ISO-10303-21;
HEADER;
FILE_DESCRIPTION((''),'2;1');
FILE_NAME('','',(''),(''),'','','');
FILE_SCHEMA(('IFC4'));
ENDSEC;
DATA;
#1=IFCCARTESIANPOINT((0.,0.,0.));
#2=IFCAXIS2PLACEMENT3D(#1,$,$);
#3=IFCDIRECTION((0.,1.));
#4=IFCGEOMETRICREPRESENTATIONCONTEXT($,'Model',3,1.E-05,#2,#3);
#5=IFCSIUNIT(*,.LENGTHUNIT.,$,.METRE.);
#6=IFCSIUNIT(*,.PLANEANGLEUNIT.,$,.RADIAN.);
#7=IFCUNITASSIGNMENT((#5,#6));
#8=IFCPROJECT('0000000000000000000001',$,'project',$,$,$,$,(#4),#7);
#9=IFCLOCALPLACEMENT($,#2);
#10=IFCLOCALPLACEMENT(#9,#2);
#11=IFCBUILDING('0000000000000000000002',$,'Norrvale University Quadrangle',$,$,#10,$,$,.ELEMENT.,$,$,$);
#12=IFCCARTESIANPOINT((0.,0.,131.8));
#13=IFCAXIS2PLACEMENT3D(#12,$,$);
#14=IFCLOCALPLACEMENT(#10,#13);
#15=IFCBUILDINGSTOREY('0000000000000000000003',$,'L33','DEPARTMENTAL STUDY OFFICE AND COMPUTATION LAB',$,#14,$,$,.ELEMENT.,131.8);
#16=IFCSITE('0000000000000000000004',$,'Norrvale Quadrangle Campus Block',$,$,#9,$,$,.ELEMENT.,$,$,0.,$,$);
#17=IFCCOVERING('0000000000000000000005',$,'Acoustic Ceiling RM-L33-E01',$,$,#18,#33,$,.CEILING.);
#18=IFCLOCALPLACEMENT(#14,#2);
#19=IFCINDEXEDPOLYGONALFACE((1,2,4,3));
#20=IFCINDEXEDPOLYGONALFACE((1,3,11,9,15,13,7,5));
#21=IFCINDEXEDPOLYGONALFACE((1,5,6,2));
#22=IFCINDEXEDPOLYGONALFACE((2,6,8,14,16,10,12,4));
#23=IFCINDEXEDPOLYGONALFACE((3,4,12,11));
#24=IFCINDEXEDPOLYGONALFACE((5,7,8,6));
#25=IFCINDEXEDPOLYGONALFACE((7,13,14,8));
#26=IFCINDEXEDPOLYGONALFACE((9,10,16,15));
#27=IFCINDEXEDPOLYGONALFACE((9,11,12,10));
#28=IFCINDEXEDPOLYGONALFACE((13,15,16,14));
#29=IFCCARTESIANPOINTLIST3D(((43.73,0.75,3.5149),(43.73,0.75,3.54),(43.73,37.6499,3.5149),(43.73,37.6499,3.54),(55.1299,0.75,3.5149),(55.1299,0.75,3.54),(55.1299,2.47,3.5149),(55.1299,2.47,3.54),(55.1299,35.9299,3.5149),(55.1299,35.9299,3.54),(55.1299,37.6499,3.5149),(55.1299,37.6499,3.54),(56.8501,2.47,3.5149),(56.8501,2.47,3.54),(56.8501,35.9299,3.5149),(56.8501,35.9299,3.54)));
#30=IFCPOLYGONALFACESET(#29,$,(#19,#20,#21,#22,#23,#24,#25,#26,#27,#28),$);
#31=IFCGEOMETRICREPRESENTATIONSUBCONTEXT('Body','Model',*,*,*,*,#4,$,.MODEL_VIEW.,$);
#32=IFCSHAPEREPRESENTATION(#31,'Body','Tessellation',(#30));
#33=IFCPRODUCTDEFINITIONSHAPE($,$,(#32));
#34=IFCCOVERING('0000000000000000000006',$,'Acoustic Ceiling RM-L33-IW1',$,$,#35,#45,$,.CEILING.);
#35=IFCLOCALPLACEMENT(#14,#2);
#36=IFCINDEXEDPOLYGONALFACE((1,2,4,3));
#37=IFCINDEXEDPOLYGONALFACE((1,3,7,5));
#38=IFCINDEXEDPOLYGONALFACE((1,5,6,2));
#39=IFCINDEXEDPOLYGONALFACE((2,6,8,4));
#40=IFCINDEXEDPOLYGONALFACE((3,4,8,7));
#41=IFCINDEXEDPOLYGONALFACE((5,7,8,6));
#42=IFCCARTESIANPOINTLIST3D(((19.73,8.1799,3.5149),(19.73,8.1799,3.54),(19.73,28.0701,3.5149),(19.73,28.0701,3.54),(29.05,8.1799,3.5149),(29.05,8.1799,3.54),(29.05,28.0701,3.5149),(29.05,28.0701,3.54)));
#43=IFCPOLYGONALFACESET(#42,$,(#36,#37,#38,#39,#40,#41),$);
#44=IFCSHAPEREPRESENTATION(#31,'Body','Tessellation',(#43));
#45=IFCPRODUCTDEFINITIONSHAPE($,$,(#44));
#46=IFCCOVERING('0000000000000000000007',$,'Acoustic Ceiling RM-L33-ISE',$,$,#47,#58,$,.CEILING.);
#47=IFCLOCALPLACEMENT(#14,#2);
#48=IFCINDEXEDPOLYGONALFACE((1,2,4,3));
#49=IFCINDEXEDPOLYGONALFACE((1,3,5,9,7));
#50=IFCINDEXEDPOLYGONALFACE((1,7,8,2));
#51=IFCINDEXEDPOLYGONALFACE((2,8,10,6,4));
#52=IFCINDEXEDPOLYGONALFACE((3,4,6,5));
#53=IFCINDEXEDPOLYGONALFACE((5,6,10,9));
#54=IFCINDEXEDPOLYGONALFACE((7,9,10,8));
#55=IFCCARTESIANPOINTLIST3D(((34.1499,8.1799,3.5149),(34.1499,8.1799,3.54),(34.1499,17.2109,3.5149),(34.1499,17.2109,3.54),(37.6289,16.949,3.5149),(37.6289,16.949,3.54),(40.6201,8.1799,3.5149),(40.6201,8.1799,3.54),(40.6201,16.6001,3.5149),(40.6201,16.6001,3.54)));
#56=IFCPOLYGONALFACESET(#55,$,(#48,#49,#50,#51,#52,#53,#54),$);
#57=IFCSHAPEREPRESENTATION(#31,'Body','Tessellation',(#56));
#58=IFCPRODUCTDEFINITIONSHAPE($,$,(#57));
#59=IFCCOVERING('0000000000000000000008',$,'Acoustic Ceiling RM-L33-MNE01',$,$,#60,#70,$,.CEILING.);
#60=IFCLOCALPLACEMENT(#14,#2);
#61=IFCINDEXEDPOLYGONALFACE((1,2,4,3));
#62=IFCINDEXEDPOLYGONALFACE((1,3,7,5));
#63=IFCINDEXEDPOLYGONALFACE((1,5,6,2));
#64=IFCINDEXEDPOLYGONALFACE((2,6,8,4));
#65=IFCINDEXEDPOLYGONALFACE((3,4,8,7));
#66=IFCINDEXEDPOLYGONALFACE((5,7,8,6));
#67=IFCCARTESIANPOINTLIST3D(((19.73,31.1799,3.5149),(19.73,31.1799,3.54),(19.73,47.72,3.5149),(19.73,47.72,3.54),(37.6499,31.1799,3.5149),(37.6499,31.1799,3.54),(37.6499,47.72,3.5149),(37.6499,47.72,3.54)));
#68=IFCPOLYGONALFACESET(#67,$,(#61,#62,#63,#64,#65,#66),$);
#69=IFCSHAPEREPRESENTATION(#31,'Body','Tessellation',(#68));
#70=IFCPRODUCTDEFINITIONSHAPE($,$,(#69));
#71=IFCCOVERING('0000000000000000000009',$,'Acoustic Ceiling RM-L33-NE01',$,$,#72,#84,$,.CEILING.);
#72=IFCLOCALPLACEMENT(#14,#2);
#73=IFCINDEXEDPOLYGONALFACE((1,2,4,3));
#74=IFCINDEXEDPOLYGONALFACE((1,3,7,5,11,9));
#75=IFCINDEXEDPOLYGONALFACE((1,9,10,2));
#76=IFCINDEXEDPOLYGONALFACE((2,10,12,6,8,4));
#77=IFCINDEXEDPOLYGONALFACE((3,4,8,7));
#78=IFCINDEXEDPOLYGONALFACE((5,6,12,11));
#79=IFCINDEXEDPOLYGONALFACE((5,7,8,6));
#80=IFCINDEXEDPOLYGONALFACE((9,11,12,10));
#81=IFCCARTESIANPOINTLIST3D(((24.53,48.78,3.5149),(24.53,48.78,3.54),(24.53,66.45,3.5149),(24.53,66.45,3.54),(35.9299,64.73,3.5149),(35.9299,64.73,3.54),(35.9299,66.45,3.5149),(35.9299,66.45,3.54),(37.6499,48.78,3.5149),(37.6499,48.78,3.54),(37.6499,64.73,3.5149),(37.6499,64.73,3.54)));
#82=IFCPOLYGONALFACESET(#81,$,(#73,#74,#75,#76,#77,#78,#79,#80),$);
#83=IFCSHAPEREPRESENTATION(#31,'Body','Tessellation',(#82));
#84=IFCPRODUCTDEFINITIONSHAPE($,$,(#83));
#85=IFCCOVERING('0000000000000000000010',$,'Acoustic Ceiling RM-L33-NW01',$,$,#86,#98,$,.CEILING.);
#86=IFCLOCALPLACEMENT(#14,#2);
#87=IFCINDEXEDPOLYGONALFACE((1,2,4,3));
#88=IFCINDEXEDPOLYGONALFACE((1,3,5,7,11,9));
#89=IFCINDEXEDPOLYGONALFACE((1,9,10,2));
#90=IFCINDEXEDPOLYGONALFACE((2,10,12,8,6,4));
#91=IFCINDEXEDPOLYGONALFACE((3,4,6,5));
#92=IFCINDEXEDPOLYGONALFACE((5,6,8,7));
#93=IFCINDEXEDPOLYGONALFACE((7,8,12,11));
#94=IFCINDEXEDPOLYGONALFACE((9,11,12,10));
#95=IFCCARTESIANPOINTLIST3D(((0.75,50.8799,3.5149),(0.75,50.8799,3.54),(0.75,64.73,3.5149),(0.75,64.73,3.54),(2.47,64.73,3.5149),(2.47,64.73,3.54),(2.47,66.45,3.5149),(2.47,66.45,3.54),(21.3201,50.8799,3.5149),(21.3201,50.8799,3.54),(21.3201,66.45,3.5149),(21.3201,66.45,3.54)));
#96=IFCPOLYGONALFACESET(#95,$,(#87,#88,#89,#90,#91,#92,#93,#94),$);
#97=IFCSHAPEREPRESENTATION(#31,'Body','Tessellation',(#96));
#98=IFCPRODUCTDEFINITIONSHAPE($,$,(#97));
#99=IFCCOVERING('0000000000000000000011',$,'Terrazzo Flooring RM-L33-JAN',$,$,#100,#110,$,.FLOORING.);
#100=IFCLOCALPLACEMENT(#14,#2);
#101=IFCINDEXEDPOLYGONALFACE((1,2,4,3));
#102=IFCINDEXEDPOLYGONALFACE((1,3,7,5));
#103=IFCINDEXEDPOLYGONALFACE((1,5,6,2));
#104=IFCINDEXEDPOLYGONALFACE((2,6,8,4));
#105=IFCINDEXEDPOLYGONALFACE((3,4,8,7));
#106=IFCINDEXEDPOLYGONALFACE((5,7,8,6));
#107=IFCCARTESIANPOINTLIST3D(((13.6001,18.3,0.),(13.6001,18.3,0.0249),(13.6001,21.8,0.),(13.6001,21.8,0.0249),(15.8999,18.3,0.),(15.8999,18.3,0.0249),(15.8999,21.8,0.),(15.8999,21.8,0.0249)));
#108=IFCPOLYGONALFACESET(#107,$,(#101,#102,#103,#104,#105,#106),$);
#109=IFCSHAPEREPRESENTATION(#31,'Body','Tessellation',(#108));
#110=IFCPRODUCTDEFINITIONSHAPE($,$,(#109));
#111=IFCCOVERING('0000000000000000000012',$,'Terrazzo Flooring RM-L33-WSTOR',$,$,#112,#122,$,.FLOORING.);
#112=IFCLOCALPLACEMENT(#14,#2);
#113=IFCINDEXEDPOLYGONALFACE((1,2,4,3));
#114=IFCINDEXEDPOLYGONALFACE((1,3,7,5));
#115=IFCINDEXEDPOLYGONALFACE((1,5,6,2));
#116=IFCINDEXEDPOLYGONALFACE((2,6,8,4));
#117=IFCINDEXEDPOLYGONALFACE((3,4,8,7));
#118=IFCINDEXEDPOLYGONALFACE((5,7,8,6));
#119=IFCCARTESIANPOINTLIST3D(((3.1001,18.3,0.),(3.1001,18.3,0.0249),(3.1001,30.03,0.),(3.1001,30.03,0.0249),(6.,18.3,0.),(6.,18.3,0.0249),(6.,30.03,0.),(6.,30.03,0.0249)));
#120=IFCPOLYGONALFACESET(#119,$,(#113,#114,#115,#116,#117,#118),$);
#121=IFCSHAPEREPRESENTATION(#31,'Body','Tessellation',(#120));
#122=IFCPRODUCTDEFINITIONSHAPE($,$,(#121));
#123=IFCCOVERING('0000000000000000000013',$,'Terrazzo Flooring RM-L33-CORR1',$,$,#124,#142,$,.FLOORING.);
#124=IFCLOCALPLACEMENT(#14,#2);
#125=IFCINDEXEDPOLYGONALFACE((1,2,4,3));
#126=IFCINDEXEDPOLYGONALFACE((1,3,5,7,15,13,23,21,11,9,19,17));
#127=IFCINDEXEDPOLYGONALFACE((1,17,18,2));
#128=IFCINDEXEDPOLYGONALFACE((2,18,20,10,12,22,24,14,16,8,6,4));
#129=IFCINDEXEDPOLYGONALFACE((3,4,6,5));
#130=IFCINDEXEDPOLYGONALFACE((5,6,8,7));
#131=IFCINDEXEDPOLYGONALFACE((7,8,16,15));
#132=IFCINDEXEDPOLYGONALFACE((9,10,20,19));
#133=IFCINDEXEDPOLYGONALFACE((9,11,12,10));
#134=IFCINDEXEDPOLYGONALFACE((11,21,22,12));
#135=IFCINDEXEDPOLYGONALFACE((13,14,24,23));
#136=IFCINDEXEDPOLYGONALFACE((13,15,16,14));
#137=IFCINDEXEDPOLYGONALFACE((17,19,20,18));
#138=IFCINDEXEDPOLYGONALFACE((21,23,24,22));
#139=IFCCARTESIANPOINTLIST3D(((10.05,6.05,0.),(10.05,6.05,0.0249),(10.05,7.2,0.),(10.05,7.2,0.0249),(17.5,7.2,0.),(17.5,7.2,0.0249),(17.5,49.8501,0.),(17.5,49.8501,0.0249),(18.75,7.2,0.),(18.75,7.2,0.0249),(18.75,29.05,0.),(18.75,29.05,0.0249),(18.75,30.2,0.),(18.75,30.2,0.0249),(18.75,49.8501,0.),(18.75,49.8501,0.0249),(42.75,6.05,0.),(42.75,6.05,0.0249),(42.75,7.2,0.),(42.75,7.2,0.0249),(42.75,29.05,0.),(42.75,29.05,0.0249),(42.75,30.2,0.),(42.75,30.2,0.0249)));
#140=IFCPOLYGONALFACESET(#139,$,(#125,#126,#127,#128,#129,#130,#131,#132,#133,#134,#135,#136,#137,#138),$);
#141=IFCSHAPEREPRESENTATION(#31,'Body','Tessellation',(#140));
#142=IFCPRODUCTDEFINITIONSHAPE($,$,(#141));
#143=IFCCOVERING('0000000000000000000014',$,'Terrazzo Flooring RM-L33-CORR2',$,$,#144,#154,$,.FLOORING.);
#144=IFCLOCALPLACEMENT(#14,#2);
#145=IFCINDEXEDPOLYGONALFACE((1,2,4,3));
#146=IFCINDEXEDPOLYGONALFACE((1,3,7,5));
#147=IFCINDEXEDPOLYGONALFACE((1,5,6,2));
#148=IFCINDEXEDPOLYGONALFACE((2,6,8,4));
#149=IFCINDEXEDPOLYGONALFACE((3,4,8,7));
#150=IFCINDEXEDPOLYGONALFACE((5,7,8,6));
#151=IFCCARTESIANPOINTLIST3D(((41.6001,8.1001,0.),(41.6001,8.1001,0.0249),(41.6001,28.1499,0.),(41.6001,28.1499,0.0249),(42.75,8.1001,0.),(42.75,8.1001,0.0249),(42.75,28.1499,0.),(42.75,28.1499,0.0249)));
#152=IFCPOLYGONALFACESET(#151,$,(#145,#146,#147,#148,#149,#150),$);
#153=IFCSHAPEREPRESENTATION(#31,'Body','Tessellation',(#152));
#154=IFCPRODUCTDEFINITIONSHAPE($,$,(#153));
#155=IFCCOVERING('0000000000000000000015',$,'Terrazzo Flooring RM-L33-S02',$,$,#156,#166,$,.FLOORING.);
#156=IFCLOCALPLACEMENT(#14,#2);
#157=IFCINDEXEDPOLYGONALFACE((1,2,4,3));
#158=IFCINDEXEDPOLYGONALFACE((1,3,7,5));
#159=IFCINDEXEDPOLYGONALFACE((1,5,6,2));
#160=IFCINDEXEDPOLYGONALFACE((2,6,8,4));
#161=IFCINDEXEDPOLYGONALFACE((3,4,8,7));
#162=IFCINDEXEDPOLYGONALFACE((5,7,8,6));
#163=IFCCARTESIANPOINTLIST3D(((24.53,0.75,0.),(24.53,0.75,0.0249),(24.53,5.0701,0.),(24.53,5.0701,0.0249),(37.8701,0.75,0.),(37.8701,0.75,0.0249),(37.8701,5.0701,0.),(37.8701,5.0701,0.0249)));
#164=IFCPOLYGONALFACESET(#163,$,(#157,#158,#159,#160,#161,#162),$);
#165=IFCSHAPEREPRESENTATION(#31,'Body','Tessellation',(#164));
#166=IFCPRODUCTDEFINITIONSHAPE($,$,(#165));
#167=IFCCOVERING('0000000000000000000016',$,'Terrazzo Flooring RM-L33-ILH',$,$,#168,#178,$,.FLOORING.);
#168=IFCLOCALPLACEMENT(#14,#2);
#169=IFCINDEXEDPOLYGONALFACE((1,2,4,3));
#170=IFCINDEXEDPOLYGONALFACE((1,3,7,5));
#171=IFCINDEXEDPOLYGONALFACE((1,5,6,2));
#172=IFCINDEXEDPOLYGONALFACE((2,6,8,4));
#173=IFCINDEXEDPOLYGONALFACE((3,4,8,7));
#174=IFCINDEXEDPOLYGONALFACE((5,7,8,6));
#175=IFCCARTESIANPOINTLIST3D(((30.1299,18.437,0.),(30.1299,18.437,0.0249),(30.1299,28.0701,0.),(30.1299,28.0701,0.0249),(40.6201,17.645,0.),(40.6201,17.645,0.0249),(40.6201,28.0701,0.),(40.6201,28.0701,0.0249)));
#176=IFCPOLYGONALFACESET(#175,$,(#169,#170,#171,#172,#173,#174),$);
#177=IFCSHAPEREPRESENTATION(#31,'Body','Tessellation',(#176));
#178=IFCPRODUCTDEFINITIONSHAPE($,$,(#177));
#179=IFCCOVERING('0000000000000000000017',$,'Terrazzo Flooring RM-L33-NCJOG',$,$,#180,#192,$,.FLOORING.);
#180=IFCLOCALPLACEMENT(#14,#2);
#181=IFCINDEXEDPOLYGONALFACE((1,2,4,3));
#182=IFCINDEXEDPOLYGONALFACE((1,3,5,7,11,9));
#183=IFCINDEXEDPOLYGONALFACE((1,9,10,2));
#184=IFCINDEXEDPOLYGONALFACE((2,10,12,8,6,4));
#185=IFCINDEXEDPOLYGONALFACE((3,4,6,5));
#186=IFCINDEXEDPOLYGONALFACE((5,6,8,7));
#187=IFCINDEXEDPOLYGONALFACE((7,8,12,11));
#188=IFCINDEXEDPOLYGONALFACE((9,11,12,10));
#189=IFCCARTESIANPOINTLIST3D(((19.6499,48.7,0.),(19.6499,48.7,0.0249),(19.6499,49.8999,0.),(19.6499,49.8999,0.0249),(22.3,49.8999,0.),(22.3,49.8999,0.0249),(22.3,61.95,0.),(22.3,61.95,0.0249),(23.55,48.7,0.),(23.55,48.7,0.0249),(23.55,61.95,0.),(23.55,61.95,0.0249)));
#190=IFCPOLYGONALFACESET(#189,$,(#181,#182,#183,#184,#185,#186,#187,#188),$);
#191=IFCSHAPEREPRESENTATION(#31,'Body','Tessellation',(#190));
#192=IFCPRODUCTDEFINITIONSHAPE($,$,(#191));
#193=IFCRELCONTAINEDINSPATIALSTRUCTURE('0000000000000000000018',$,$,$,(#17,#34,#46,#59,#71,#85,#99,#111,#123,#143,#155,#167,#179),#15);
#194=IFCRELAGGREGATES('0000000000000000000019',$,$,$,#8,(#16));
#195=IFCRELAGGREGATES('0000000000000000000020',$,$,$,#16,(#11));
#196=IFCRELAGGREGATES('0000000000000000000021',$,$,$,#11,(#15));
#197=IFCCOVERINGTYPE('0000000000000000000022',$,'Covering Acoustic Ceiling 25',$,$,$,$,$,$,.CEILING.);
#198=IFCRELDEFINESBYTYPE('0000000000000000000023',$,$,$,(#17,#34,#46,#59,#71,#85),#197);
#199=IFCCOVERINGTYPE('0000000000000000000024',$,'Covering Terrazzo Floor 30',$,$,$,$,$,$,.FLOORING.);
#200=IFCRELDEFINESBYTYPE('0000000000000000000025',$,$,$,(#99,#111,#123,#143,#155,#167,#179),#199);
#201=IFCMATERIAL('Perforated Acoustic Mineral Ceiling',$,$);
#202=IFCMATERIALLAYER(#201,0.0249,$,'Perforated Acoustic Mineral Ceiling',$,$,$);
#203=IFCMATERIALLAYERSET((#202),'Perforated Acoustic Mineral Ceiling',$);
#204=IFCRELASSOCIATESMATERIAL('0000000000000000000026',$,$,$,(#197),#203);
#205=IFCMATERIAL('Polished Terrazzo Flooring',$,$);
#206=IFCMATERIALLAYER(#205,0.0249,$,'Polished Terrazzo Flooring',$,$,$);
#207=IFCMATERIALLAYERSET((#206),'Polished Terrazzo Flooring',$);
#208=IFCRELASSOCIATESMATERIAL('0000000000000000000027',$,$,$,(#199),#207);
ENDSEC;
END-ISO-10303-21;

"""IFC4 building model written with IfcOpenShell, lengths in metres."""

from ifc_helpers import new_model, si_unit, direction, frame, origin, place, context, subcontext, project, spatial, polyline, outline, extrude, material, layer, layer_set, type_object, element, save


model = new_model("IFC4")

# Units and contexts
model_context = context("Model", 3, precision=1e-05, world=origin(), true_north=direction((0.0, 1.0)))
body_context = subcontext(model_context, "Body", "Model", "MODEL_VIEW")
ifc_project = project(units=[si_unit("LENGTHUNIT", "METRE"), si_unit("PLANEANGLEUNIT", "RADIAN")], contexts=[model_context])

# Site, building, storey
site_placement = place(None, origin())
site = spatial("IfcSite", under=ifc_project, at=site_placement, Name="Norrvale Quadrangle Campus Block", CompositionType="ELEMENT", RefElevation=0.0)
building_placement = place(site_placement, origin())
building = spatial("IfcBuilding", under=site, at=building_placement, Name="Norrvale University Quadrangle", CompositionType="ELEMENT")
storey_placement = place(building_placement, frame((0.0, 0.0, 131.8)))
storey = spatial("IfcBuildingStorey", under=building, at=storey_placement, Name="L33", Description="DEPARTMENTAL STUDY OFFICE AND COMPUTATION LAB", CompositionType="ELEMENT", Elevation=131.8)

# Coverings
ifc_material_1 = material(Name="Perforated Acoustic Mineral Ceiling")
ifc_layer_1 = layer(ifc_material_1, 0.0249, Name="Perforated Acoustic Mineral Ceiling")
ifc_layer_set_1 = layer_set([ifc_layer_1], Name="Perforated Acoustic Mineral Ceiling")
covering_type_1 = type_object("IfcCoveringType", Name="Covering Acoustic Ceiling 25", PredefinedType="CEILING", material=ifc_layer_set_1)
covering_1_placement = place(storey_placement, frame((0.0, 0.0, 3.5149)))
element("IfcCovering", 1, at=covering_1_placement, inside=storey, type_object=covering_type_1, Name="Acoustic Ceiling RM-L33-E01", PredefinedType="CEILING", context=body_context, shape_type="SweptSolid", body=[
    extrude(outline(polyline([(43.73, 0.75), (43.73, 37.6499), (55.1299, 37.6499), (55.1299, 35.9299), (56.8501, 35.9299), (56.8501, 2.47), (55.1299, 2.47), (55.1299, 0.75), (43.73, 0.75)])), origin(), (0.0, 0.0, 1.0), 0.0251),
])
covering_2_placement = place(storey_placement, frame((0.0, 0.0, 3.5149)))
element("IfcCovering", 2, at=covering_2_placement, inside=storey, type_object=covering_type_1, Name="Acoustic Ceiling RM-L33-IW1", PredefinedType="CEILING", context=body_context, shape_type="SweptSolid", body=[
    extrude(outline(polyline([(19.73, 8.1799), (19.73, 28.0701), (29.05, 28.0701), (29.05, 8.1799), (19.73, 8.1799)])), origin(), (0.0, 0.0, 1.0), 0.0251),
])
covering_3_placement = place(storey_placement, frame((0.0, 0.0, 3.5149)))
element("IfcCovering", 3, at=covering_3_placement, inside=storey, type_object=covering_type_1, Name="Acoustic Ceiling RM-L33-ISE", PredefinedType="CEILING", context=body_context, shape_type="SweptSolid", body=[
    extrude(outline(polyline([(40.6201, 16.6001), (40.6201, 8.1799), (34.1499, 8.1799), (34.1499, 17.2109), (37.6289, 16.949), (40.6201, 16.6001)])), origin(), (0.0, 0.0, 1.0), 0.0251),
])
covering_4_placement = place(storey_placement, frame((0.0, 0.0, 3.5149)))
element("IfcCovering", 4, at=covering_4_placement, inside=storey, type_object=covering_type_1, Name="Acoustic Ceiling RM-L33-MNE01", PredefinedType="CEILING", context=body_context, shape_type="SweptSolid", body=[
    extrude(outline(polyline([(19.73, 47.72), (37.6499, 47.72), (37.6499, 31.1799), (19.73, 31.1799), (19.73, 47.72)])), origin(), (0.0, 0.0, 1.0), 0.0251),
])
covering_5_placement = place(storey_placement, frame((0.0, 0.0, 3.5149)))
element("IfcCovering", 5, at=covering_5_placement, inside=storey, type_object=covering_type_1, Name="Acoustic Ceiling RM-L33-NE01", PredefinedType="CEILING", context=body_context, shape_type="SweptSolid", body=[
    extrude(outline(polyline([(37.6499, 48.78), (24.53, 48.78), (24.53, 66.45), (35.9299, 66.45), (35.9299, 64.73), (37.6499, 64.73), (37.6499, 48.78)])), origin(), (0.0, 0.0, 1.0), 0.0251),
])
covering_6_placement = place(storey_placement, frame((0.0, 0.0, 3.5149)))
element("IfcCovering", 6, at=covering_6_placement, inside=storey, type_object=covering_type_1, Name="Acoustic Ceiling RM-L33-NW01", PredefinedType="CEILING", context=body_context, shape_type="SweptSolid", body=[
    extrude(outline(polyline([(21.3201, 66.45), (21.3201, 50.8799), (0.75, 50.8799), (0.75, 64.73), (2.47, 64.73), (2.47, 66.45), (21.3201, 66.45)])), origin(), (0.0, 0.0, 1.0), 0.0251),
])
ifc_material_2 = material(Name="Polished Terrazzo Flooring")
ifc_layer_2 = layer(ifc_material_2, 0.0249, Name="Polished Terrazzo Flooring")
ifc_layer_set_2 = layer_set([ifc_layer_2], Name="Polished Terrazzo Flooring")
covering_type_2 = type_object("IfcCoveringType", Name="Covering Terrazzo Floor 30", PredefinedType="FLOORING", material=ifc_layer_set_2)
covering_7_placement = place(storey_placement, origin())
element("IfcCovering", 7, at=covering_7_placement, inside=storey, type_object=covering_type_2, Name="Terrazzo Flooring RM-L33-JAN", PredefinedType="FLOORING", context=body_context, shape_type="SweptSolid", body=[
    extrude(outline(polyline([(13.6001, 18.3), (13.6001, 21.8), (15.8999, 21.8), (15.8999, 18.3), (13.6001, 18.3)])), origin(), (0.0, 0.0, 1.0), 0.0249),
])
covering_8_placement = place(storey_placement, origin())
element("IfcCovering", 8, at=covering_8_placement, inside=storey, type_object=covering_type_2, Name="Terrazzo Flooring RM-L33-WSTOR", PredefinedType="FLOORING", context=body_context, shape_type="SweptSolid", body=[
    extrude(outline(polyline([(3.1001, 18.3), (3.1001, 30.03), (6.0, 30.03), (6.0, 18.3), (3.1001, 18.3)])), origin(), (0.0, 0.0, 1.0), 0.0249),
])
covering_9_placement = place(storey_placement, origin())
element("IfcCovering", 9, at=covering_9_placement, inside=storey, type_object=covering_type_2, Name="Terrazzo Flooring RM-L33-CORR1", PredefinedType="FLOORING", context=body_context, shape_type="SweptSolid", body=[
    extrude(outline(polyline([(10.05, 6.05), (10.05, 7.2), (17.5, 7.2), (17.5, 49.8501), (18.75, 49.8501), (18.75, 30.2), (42.75, 30.2), (42.75, 29.05), (18.75, 29.05), (18.75, 7.2), (42.75, 7.2), (42.75, 6.05), (10.05, 6.05)])), origin(), (0.0, 0.0, 1.0), 0.0249),
])
covering_10_placement = place(storey_placement, origin())
element("IfcCovering", 10, at=covering_10_placement, inside=storey, type_object=covering_type_2, Name="Terrazzo Flooring RM-L33-CORR2", PredefinedType="FLOORING", context=body_context, shape_type="SweptSolid", body=[
    extrude(outline(polyline([(41.6001, 8.1001), (41.6001, 28.1499), (42.75, 28.1499), (42.75, 8.1001), (41.6001, 8.1001)])), origin(), (0.0, 0.0, 1.0), 0.0249),
])
covering_11_placement = place(storey_placement, origin())
element("IfcCovering", 11, at=covering_11_placement, inside=storey, type_object=covering_type_2, Name="Terrazzo Flooring RM-L33-S02", PredefinedType="FLOORING", context=body_context, shape_type="SweptSolid", body=[
    extrude(outline(polyline([(24.53, 5.0701), (37.8701, 5.0701), (37.8701, 0.75), (24.53, 0.75), (24.53, 5.0701)])), origin(), (0.0, 0.0, 1.0), 0.0249),
])
covering_12_placement = place(storey_placement, origin())
element("IfcCovering", 12, at=covering_12_placement, inside=storey, type_object=covering_type_2, Name="Terrazzo Flooring RM-L33-ILH", PredefinedType="FLOORING", context=body_context, shape_type="SweptSolid", body=[
    extrude(outline(polyline([(30.1299, 18.437), (30.1299, 28.0701), (40.6201, 28.0701), (40.6201, 17.645), (30.1299, 18.437)])), origin(), (0.0, 0.0, 1.0), 0.0249),
])
covering_13_placement = place(storey_placement, origin())
element("IfcCovering", 13, at=covering_13_placement, inside=storey, type_object=covering_type_2, Name="Terrazzo Flooring RM-L33-NCJOG", PredefinedType="FLOORING", context=body_context, shape_type="SweptSolid", body=[
    extrude(outline(polyline([(19.6499, 48.7), (19.6499, 49.8999), (22.3, 49.8999), (22.3, 61.95), (23.55, 61.95), (23.55, 48.7), (19.6499, 48.7)])), origin(), (0.0, 0.0, 1.0), 0.0249),
])

save(model, "model.ifc")
